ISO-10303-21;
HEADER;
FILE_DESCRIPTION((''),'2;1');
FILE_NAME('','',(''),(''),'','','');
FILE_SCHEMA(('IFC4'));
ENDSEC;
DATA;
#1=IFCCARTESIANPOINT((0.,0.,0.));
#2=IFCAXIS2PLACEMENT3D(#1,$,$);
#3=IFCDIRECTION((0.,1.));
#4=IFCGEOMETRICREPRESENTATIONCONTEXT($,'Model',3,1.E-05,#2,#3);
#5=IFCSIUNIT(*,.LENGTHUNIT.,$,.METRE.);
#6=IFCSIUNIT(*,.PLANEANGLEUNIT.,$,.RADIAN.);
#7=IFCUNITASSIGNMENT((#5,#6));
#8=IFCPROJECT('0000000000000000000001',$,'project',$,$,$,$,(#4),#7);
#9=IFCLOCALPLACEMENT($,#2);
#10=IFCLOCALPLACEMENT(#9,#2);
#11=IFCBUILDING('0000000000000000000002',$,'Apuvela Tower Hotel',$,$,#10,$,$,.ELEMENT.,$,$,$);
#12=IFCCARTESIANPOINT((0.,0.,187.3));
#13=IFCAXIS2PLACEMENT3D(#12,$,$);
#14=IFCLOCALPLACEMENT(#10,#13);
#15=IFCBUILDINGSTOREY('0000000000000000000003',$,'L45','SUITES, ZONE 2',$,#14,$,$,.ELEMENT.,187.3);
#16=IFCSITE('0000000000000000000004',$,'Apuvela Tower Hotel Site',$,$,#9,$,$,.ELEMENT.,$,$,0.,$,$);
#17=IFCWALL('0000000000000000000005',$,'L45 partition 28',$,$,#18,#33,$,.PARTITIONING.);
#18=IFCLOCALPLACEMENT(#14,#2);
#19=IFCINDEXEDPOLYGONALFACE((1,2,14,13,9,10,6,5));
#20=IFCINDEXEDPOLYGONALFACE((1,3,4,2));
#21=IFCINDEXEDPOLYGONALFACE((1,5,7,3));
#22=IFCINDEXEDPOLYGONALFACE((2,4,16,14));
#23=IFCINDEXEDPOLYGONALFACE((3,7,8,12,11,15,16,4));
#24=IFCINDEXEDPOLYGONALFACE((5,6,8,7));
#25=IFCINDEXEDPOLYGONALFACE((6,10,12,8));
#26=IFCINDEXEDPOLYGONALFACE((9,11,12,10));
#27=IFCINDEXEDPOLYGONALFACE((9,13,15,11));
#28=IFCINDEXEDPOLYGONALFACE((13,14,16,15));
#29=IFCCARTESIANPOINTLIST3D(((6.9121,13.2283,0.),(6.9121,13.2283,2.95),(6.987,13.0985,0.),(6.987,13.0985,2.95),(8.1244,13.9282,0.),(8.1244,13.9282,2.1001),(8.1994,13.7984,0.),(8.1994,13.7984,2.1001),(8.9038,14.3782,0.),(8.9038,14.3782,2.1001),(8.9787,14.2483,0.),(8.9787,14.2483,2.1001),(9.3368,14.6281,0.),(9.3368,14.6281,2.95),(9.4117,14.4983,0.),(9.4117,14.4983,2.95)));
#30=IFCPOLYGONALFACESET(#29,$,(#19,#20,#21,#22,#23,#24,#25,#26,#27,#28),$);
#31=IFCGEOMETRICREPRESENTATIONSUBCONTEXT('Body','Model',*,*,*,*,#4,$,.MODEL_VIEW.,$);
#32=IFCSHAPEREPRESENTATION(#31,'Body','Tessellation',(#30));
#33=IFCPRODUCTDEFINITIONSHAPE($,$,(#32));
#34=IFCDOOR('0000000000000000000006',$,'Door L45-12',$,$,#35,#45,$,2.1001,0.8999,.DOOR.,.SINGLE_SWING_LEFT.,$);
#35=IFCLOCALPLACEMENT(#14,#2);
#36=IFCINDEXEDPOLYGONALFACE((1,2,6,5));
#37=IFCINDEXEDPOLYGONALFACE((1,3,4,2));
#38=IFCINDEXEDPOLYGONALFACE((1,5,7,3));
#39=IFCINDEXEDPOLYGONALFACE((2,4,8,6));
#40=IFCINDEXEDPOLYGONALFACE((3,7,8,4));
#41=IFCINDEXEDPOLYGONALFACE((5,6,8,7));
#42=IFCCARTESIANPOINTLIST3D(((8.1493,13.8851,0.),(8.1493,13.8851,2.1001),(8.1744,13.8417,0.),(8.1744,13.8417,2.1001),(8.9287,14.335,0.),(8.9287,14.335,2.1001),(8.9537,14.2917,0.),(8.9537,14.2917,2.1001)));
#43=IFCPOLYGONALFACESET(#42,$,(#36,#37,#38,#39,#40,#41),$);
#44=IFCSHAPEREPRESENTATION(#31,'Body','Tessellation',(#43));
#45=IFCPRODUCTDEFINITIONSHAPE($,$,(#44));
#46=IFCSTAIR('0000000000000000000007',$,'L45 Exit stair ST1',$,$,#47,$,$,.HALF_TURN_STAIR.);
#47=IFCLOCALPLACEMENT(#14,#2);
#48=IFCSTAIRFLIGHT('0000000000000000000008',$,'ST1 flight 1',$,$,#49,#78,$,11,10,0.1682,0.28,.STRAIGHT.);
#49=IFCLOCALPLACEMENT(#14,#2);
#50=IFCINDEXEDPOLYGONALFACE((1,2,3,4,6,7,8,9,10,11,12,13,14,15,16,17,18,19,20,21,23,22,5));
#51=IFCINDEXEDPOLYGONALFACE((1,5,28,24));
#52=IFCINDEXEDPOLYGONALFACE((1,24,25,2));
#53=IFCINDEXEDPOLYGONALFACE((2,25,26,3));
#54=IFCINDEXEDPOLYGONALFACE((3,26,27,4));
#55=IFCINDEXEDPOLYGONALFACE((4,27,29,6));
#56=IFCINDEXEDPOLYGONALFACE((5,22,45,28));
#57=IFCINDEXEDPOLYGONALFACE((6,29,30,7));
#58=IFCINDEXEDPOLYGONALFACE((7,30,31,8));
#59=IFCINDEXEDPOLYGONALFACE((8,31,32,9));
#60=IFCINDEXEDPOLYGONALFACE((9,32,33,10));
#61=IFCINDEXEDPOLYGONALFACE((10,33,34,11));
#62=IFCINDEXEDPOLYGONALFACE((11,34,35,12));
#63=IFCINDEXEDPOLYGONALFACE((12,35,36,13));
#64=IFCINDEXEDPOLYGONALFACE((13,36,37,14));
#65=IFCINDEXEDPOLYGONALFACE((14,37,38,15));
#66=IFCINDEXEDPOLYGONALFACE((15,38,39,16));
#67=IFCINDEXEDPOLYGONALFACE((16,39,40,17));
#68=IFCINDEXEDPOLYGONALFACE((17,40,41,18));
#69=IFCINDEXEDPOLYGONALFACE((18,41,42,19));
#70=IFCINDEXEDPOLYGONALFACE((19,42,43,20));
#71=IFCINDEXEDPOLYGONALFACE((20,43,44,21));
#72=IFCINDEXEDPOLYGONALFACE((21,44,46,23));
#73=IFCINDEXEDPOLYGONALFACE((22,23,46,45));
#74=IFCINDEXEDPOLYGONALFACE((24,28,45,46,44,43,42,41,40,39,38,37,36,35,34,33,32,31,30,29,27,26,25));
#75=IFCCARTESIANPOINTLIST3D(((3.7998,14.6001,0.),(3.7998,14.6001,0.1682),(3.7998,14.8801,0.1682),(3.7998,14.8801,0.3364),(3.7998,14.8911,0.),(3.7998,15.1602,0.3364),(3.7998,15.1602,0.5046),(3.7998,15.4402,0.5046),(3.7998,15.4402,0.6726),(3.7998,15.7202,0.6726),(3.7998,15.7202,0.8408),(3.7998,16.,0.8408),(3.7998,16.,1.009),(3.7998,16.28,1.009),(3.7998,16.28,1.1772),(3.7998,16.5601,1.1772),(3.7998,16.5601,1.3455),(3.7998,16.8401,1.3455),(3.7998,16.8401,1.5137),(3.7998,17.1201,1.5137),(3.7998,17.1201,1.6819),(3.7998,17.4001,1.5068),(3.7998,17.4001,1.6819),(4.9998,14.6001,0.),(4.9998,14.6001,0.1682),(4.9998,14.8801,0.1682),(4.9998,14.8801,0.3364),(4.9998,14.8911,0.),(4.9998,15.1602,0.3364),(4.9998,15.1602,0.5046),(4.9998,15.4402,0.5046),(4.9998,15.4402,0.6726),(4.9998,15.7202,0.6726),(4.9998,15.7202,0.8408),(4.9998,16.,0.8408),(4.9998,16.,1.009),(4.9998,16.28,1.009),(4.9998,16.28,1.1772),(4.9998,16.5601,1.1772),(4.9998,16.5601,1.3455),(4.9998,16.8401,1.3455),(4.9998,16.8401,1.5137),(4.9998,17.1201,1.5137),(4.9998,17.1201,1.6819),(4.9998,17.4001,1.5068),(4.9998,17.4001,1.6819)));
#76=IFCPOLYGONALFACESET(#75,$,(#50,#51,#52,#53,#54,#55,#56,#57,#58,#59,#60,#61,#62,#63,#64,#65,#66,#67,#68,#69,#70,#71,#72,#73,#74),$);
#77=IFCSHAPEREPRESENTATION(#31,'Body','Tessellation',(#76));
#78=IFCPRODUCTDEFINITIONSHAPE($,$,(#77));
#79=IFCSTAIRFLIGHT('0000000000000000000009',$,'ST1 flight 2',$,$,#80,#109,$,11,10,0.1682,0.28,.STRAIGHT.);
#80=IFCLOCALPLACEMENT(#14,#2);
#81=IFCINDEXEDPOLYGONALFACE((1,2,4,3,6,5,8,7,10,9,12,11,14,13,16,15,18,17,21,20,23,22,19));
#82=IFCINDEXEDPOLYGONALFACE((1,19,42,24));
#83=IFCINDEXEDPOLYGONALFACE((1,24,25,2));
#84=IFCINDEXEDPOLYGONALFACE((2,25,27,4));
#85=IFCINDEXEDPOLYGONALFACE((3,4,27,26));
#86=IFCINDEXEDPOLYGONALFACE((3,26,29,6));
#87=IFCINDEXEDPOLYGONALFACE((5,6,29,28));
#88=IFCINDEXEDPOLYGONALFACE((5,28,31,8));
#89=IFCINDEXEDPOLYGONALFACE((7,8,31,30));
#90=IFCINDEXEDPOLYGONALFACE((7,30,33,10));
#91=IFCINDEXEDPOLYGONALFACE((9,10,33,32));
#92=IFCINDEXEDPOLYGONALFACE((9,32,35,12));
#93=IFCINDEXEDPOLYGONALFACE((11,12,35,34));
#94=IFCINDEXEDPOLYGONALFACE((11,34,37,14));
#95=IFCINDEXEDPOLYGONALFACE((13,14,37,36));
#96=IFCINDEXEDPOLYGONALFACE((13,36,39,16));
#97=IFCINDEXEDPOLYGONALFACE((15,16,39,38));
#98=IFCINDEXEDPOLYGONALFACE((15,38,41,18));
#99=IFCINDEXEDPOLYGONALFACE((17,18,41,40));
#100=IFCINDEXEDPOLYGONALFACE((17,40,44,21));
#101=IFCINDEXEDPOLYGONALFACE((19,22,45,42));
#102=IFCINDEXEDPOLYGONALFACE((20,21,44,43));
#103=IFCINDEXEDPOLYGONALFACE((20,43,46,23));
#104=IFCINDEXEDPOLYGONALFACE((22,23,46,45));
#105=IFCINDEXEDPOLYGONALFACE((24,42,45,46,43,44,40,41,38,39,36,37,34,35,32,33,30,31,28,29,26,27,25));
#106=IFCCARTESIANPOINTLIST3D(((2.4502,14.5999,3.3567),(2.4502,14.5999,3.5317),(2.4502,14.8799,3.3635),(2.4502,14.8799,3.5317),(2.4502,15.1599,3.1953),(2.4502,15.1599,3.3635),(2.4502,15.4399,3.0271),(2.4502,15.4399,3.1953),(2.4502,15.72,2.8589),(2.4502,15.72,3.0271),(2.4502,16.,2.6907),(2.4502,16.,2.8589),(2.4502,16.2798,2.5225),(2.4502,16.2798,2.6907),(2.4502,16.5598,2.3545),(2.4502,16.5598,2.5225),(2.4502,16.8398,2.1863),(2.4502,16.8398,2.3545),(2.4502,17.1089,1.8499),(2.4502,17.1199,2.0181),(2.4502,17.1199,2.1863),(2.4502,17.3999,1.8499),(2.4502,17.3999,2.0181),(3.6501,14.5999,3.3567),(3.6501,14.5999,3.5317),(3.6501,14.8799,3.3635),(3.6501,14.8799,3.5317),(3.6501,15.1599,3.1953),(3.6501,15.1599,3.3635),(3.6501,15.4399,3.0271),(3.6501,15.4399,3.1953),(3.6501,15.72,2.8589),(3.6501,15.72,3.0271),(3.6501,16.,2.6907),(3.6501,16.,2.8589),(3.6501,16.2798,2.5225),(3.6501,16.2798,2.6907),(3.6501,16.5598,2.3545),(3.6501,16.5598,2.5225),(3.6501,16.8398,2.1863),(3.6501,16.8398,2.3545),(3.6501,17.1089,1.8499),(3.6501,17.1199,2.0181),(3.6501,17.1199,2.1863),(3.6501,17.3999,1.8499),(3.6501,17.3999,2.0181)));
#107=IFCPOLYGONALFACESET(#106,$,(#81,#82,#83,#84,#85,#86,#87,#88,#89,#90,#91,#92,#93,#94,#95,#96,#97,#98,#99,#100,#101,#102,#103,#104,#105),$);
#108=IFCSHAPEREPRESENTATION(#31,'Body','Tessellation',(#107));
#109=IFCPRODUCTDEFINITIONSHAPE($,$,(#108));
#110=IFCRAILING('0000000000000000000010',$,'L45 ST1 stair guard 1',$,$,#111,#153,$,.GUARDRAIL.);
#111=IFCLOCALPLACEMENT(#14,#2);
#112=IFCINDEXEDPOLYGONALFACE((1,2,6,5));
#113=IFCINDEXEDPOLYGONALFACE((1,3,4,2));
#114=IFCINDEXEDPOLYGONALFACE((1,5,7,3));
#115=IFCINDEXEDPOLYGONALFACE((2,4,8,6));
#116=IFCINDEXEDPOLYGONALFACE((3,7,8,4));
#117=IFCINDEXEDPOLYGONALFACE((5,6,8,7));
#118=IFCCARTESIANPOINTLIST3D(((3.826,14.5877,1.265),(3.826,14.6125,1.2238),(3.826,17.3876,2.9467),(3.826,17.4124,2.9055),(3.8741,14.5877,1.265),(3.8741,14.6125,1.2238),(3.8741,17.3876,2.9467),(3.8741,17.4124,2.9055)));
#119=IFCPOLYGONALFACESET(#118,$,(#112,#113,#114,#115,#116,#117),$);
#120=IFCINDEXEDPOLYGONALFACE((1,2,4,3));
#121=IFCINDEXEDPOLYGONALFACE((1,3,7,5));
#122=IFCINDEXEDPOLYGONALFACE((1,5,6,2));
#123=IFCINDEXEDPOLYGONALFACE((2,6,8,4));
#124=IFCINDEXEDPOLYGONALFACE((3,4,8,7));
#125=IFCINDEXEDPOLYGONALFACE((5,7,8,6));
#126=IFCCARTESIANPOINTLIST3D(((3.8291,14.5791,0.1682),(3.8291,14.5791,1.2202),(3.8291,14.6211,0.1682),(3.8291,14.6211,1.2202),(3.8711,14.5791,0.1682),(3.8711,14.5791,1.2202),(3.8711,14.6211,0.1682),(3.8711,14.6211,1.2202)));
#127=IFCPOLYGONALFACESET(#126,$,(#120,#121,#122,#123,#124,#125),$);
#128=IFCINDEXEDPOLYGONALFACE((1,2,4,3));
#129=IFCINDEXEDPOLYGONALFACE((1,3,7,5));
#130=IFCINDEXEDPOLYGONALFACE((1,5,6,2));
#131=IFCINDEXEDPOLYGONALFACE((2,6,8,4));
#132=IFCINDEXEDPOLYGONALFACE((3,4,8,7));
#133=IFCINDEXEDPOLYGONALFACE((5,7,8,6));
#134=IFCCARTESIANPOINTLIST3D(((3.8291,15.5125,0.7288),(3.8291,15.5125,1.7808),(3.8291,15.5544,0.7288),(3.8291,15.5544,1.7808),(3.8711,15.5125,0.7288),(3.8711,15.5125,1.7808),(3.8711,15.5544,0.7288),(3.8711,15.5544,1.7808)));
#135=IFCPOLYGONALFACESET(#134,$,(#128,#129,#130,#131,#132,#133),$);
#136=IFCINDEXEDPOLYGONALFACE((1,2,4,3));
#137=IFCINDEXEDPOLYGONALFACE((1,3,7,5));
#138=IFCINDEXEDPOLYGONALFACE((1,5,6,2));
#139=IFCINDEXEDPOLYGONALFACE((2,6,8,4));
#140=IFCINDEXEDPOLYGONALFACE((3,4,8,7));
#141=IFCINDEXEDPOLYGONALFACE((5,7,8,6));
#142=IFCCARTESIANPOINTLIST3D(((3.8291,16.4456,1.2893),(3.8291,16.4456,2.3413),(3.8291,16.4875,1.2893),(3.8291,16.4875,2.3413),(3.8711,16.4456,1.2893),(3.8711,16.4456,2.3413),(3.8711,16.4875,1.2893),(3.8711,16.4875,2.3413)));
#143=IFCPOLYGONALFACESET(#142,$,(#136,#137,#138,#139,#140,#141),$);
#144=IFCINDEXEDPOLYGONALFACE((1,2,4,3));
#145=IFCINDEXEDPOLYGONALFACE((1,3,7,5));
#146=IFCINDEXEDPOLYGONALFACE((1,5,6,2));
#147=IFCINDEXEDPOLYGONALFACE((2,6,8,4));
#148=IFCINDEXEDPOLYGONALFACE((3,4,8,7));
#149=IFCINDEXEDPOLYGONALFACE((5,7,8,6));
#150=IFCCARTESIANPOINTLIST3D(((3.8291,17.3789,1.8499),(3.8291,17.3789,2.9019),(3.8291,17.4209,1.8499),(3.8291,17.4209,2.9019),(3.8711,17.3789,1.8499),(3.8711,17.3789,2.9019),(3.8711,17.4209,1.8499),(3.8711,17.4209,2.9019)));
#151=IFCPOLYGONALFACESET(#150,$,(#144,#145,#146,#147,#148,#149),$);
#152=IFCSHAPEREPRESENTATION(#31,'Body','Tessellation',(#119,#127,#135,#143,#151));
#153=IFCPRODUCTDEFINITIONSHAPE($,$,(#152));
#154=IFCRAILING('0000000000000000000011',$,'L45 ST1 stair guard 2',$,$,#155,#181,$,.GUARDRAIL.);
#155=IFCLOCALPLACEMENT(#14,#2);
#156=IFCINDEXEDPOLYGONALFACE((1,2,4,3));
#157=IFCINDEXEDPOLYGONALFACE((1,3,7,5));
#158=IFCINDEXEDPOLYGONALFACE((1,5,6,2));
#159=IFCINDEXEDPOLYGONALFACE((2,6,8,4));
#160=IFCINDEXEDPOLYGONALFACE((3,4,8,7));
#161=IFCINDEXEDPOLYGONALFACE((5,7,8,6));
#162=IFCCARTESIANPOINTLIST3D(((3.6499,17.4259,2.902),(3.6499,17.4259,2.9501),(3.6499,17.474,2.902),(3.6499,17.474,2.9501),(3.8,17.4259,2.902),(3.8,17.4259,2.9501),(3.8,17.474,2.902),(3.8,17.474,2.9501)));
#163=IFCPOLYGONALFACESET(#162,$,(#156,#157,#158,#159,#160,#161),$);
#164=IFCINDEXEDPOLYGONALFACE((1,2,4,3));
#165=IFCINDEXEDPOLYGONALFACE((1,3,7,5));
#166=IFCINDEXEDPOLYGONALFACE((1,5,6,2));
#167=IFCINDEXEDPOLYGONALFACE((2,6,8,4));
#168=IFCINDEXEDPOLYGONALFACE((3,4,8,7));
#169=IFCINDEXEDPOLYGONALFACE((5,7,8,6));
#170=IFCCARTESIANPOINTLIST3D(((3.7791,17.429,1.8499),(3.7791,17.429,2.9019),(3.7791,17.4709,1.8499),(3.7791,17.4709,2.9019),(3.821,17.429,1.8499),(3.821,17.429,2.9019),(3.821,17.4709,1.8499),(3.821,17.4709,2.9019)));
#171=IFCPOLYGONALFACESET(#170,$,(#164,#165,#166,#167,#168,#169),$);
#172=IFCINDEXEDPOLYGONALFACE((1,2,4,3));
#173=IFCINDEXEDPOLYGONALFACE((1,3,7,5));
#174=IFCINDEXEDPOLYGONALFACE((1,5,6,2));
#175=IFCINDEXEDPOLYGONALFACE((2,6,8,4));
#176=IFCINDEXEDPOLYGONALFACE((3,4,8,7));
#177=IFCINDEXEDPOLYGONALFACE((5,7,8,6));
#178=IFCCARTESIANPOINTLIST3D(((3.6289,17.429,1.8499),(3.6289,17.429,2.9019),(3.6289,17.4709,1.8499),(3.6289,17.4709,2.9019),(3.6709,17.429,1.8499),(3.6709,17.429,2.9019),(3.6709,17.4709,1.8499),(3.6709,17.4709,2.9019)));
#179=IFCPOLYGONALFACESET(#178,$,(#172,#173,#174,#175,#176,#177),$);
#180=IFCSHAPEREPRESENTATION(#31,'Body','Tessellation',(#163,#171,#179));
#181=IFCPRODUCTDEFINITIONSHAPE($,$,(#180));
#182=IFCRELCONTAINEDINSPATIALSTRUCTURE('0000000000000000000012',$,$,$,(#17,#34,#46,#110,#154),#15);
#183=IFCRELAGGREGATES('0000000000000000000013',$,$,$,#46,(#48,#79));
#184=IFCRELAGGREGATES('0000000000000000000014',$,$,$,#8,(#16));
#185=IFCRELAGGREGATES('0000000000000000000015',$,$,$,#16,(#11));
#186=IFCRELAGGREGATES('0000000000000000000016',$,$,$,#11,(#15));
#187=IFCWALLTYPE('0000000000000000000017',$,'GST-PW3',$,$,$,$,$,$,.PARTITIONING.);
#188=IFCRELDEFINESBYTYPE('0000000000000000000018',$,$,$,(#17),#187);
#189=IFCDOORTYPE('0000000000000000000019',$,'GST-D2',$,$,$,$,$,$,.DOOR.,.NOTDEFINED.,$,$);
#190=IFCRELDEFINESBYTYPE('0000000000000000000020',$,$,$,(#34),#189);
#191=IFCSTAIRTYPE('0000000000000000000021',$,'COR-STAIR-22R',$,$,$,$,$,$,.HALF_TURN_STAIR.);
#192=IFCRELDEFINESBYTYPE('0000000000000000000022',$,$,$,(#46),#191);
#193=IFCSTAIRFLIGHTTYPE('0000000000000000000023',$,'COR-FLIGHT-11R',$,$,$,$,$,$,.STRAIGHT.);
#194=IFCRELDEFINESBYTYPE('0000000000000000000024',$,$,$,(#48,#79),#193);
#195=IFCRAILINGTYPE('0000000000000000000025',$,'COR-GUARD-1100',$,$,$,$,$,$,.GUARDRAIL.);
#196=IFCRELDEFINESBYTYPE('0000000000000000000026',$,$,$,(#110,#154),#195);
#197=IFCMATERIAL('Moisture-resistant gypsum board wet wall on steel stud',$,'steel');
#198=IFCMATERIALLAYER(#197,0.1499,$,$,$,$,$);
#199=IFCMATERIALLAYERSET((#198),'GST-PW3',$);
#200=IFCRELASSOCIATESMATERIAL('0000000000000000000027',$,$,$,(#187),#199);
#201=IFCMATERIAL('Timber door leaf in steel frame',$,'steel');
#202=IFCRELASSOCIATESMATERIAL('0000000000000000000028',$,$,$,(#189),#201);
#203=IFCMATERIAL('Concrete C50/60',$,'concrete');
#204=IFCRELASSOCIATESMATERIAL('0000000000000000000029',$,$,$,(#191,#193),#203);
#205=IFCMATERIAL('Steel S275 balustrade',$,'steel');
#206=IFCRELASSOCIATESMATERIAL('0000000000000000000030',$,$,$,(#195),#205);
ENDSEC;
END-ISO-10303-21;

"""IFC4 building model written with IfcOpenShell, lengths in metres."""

from ifc_helpers import new_model, si_unit, direction, frame, frame_2d, origin, origin_2d, place, context, subcontext, project, spatial, polyline, rectangle, outline, extrude, material, layer, layer_set, type_object, element, fill, aggregate, save


model = new_model("IFC4")

# Units and contexts
model_context = context("Model", 3, precision=1e-05, world=origin(), true_north=direction((0.0, 1.0)))
body_context = subcontext(model_context, "Body", "Model", "MODEL_VIEW")
ifc_project = project(units=[si_unit("LENGTHUNIT", "METRE"), si_unit("PLANEANGLEUNIT", "RADIAN")], contexts=[model_context])

# Site, building, storey
site_placement = place(None, origin())
site = spatial("IfcSite", under=ifc_project, at=site_placement, Name="Apuvela Tower Hotel Site", CompositionType="ELEMENT", RefElevation=0.0)
building_placement = place(site_placement, origin())
building = spatial("IfcBuilding", under=site, at=building_placement, Name="Apuvela Tower Hotel", CompositionType="ELEMENT")
storey_placement = place(building_placement, frame((0.0, 0.0, 187.3)))
storey = spatial("IfcBuildingStorey", under=building, at=storey_placement, Name="L45", Description="SUITES, ZONE 2", CompositionType="ELEMENT", Elevation=187.3)

# Shared definitions
ifc_material_1 = material(Name="Concrete C50/60", Category="concrete")

# Wall, opening, door
ifc_material_2 = material(Name="Moisture-resistant gypsum board wet wall on steel stud", Category="steel")
ifc_layer_1 = layer(ifc_material_2, 0.1499)
ifc_layer_set_1 = layer_set([ifc_layer_1], Name="GST-PW3")
wall_type_1 = type_object("IfcWallType", Name="GST-PW3", PredefinedType="PARTITIONING", material=ifc_layer_set_1)
wall_1_placement = place(storey_placement, frame((9.3743, 14.5632, 0.0), z_axis=(0.0, 0.0, 1.0), x_axis=(-0.866035, -0.499984, 0.0)))
wall_1 = element("IfcWall", 1, at=wall_1_placement, inside=storey, type_object=wall_type_1, Name="L45 partition 28", PredefinedType="PARTITIONING", context=body_context, shape_type="SweptSolid", body=[
    extrude(rectangle(XDim=2.7998, YDim=0.1499, at=frame_2d((1.3999, 0.0))), origin(), (0.0, 0.0, 1.0), 2.95),
])
opening_1_placement = place(wall_1_placement, frame((0.5, 0.0, 0.0)))
opening_1 = element("IfcOpeningElement", 2, at=opening_1_placement, cuts=wall_1, PredefinedType="OPENING", context=body_context, shape_type="SweptSolid", body=[
    extrude(rectangle(XDim=0.8999, YDim=2.1001, at=frame_2d((0.45, 1.05))), frame((0.0, 0.085, 0.0), z_axis=(0.0, -1.0, 0.0), x_axis=(1.0, 0.0, 0.0)), (0.0, 0.0, 1.0), 0.1699),
])
ifc_material_3 = material(Name="Timber door leaf in steel frame", Category="steel")
door_type_1 = type_object("IfcDoorType", Name="GST-D2", OperationType="NOTDEFINED", PredefinedType="DOOR", material=ifc_material_3)
door_1_placement = place(opening_1_placement, origin())
door_1 = element("IfcDoor", 3, at=door_1_placement, inside=storey, type_object=door_type_1, Name="Door L45-12", OperationType="SINGLE_SWING_LEFT", OverallHeight=2.1001, OverallWidth=0.8999, PredefinedType="DOOR", context=body_context, shape_type="SweptSolid", body=[
    extrude(rectangle(XDim=0.8999, YDim=2.1001, at=frame_2d((0.45, 1.05))), frame((0.0, 0.0249, 0.0), z_axis=(0.0, -1.0, 0.0), x_axis=(1.0, 0.0, 0.0)), (0.0, 0.0, 1.0), 0.05),
])
fill(opening_1, door_1)

# Stair, stair flights
stair_type = type_object("IfcStairType", Name="COR-STAIR-22R", PredefinedType="HALF_TURN_STAIR", material=ifc_material_1)
stair_placement = place(storey_placement, origin())
stair = element("IfcStair", 4, at=stair_placement, inside=storey, type_object=stair_type, Name="L45 Exit stair ST1", PredefinedType="HALF_TURN_STAIR")
stair_flight_type = type_object("IfcStairFlightType", Name="COR-FLIGHT-11R", PredefinedType="STRAIGHT", material=ifc_material_1)
stair_flight_1_placement = place(storey_placement, frame((4.3999, 14.6001, 0.0), z_axis=(0.0, 0.0, 1.0), x_axis=(0.0, 1.0, 0.0)))
stair_flight_1 = element("IfcStairFlight", 5, at=stair_flight_1_placement, type_object=stair_flight_type, Name="ST1 flight 1", NumberOfRisers=11, NumberOfTreads=10, PredefinedType="STRAIGHT", RiserHeight=0.1682, TreadLength=0.28, context=body_context, shape_type="SweptSolid", body=[
    extrude(outline(polyline([(0.0, 0.0), (0.0, 0.1682), (0.28, 0.1682), (0.28, 0.3364), (0.5601, 0.3364), (0.5601, 0.5046), (0.8401, 0.5046), (0.8401, 0.6726), (1.1201, 0.6726), (1.1201, 0.8408), (1.3999, 0.8408), (1.3999, 1.009), (1.6799, 1.009), (1.6799, 1.1772), (1.96, 1.1772), (1.96, 1.3455), (2.24, 1.3455), (2.24, 1.5137), (2.52, 1.5137), (2.52, 1.6819), (2.8, 1.6819), (2.8, 1.8501), (2.8, 1.5068), (0.291, 0.0), (0.0, 0.0)])), frame((0.0, 0.6001, 0.0), z_axis=(0.0, -1.0, 0.0), x_axis=(1.0, 0.0, 0.0)), (0.0, 0.0, 1.0), 1.2),
])
stair_flight_2_placement = place(storey_placement, frame((3.05, 17.3999, 1.8499), z_axis=(0.0, 0.0, 1.0), x_axis=(0.0, -1.0, 0.0)))
stair_flight_2 = element("IfcStairFlight", 6, at=stair_flight_2_placement, type_object=stair_flight_type, Name="ST1 flight 2", NumberOfRisers=11, NumberOfTreads=10, PredefinedType="STRAIGHT", RiserHeight=0.1682, TreadLength=0.28, context=body_context, shape_type="SweptSolid", body=[
    extrude(outline(polyline([(0.0, 0.0), (0.0, 0.1682), (0.28, 0.1682), (0.28, 0.3364), (0.5601, 0.3364), (0.5601, 0.5046), (0.8401, 0.5046), (0.8401, 0.6726), (1.1201, 0.6726), (1.1201, 0.8408), (1.3999, 0.8408), (1.3999, 1.009), (1.6799, 1.009), (1.6799, 1.1772), (1.96, 1.1772), (1.96, 1.3455), (2.24, 1.3455), (2.24, 1.5137), (2.52, 1.5137), (2.52, 1.6819), (2.8, 1.6819), (2.8, 1.8501), (2.8, 1.5068), (0.291, 0.0), (0.0, 0.0)])), frame((0.0, 0.6001, 0.0), z_axis=(0.0, -1.0, 0.0), x_axis=(1.0, 0.0, 0.0)), (0.0, 0.0, 1.0), 1.2),
])
aggregate(stair, [stair_flight_1, stair_flight_2])

# Railings
ifc_material_4 = material(Name="Steel S275 balustrade", Category="steel")
railing_type_1 = type_object("IfcRailingType", Name="COR-GUARD-1100", PredefinedType="GUARDRAIL", material=ifc_material_4)
railing_1_placement = place(storey_placement, frame((3.8501, 14.6001, 0.1682)))
element("IfcRailing", 7, at=railing_1_placement, inside=storey, type_object=railing_type_1, Name="L45 ST1 stair guard 1", PredefinedType="GUARDRAIL", context=body_context, shape_type="SweptSolid", body=[
    extrude(rectangle(XDim=0.0481, YDim=0.0481, at=origin_2d()), frame((0.0, 0.0, 1.0762), z_axis=(0.0, 0.857255, 0.514891), x_axis=(-1.0, 0.0, 0.0)), (0.0, 0.0, 1.0), 3.2661),
    extrude(rectangle(XDim=0.042, YDim=0.042, at=origin_2d()), origin(), (0.0, 0.0, 1.0), 1.052),
    extrude(rectangle(XDim=0.042, YDim=0.042, at=origin_2d()), frame((0.0, 0.9333, 0.5605)), (0.0, 0.0, 1.0), 1.052),
    extrude(rectangle(XDim=0.042, YDim=0.042, at=origin_2d()), frame((0.0, 1.8665, 1.1211)), (0.0, 0.0, 1.0), 1.052),
    extrude(rectangle(XDim=0.042, YDim=0.042, at=origin_2d()), frame((0.0, 2.7998, 1.6816)), (0.0, 0.0, 1.0), 1.052),
])
railing_2_placement = place(storey_placement, frame((3.8, 17.45, 1.8499)))
element("IfcRailing", 8, at=railing_2_placement, inside=storey, type_object=railing_type_1, Name="L45 ST1 stair guard 2", PredefinedType="GUARDRAIL", context=body_context, shape_type="SweptSolid", body=[
    extrude(rectangle(XDim=0.0481, YDim=0.0481, at=origin_2d()), frame((0.0, 0.0, 1.0762), z_axis=(-1.0, 0.0, 0.0), x_axis=(0.0, -1.0, 0.0)), (0.0, 0.0, 1.0), 0.1501),
    extrude(rectangle(XDim=0.042, YDim=0.042, at=origin_2d()), origin(), (0.0, 0.0, 1.0), 1.052),
    extrude(rectangle(XDim=0.042, YDim=0.042, at=origin_2d()), frame((-0.1501, 0.0, 0.0)), (0.0, 0.0, 1.0), 1.052),
])

save(model, "model.ifc")
